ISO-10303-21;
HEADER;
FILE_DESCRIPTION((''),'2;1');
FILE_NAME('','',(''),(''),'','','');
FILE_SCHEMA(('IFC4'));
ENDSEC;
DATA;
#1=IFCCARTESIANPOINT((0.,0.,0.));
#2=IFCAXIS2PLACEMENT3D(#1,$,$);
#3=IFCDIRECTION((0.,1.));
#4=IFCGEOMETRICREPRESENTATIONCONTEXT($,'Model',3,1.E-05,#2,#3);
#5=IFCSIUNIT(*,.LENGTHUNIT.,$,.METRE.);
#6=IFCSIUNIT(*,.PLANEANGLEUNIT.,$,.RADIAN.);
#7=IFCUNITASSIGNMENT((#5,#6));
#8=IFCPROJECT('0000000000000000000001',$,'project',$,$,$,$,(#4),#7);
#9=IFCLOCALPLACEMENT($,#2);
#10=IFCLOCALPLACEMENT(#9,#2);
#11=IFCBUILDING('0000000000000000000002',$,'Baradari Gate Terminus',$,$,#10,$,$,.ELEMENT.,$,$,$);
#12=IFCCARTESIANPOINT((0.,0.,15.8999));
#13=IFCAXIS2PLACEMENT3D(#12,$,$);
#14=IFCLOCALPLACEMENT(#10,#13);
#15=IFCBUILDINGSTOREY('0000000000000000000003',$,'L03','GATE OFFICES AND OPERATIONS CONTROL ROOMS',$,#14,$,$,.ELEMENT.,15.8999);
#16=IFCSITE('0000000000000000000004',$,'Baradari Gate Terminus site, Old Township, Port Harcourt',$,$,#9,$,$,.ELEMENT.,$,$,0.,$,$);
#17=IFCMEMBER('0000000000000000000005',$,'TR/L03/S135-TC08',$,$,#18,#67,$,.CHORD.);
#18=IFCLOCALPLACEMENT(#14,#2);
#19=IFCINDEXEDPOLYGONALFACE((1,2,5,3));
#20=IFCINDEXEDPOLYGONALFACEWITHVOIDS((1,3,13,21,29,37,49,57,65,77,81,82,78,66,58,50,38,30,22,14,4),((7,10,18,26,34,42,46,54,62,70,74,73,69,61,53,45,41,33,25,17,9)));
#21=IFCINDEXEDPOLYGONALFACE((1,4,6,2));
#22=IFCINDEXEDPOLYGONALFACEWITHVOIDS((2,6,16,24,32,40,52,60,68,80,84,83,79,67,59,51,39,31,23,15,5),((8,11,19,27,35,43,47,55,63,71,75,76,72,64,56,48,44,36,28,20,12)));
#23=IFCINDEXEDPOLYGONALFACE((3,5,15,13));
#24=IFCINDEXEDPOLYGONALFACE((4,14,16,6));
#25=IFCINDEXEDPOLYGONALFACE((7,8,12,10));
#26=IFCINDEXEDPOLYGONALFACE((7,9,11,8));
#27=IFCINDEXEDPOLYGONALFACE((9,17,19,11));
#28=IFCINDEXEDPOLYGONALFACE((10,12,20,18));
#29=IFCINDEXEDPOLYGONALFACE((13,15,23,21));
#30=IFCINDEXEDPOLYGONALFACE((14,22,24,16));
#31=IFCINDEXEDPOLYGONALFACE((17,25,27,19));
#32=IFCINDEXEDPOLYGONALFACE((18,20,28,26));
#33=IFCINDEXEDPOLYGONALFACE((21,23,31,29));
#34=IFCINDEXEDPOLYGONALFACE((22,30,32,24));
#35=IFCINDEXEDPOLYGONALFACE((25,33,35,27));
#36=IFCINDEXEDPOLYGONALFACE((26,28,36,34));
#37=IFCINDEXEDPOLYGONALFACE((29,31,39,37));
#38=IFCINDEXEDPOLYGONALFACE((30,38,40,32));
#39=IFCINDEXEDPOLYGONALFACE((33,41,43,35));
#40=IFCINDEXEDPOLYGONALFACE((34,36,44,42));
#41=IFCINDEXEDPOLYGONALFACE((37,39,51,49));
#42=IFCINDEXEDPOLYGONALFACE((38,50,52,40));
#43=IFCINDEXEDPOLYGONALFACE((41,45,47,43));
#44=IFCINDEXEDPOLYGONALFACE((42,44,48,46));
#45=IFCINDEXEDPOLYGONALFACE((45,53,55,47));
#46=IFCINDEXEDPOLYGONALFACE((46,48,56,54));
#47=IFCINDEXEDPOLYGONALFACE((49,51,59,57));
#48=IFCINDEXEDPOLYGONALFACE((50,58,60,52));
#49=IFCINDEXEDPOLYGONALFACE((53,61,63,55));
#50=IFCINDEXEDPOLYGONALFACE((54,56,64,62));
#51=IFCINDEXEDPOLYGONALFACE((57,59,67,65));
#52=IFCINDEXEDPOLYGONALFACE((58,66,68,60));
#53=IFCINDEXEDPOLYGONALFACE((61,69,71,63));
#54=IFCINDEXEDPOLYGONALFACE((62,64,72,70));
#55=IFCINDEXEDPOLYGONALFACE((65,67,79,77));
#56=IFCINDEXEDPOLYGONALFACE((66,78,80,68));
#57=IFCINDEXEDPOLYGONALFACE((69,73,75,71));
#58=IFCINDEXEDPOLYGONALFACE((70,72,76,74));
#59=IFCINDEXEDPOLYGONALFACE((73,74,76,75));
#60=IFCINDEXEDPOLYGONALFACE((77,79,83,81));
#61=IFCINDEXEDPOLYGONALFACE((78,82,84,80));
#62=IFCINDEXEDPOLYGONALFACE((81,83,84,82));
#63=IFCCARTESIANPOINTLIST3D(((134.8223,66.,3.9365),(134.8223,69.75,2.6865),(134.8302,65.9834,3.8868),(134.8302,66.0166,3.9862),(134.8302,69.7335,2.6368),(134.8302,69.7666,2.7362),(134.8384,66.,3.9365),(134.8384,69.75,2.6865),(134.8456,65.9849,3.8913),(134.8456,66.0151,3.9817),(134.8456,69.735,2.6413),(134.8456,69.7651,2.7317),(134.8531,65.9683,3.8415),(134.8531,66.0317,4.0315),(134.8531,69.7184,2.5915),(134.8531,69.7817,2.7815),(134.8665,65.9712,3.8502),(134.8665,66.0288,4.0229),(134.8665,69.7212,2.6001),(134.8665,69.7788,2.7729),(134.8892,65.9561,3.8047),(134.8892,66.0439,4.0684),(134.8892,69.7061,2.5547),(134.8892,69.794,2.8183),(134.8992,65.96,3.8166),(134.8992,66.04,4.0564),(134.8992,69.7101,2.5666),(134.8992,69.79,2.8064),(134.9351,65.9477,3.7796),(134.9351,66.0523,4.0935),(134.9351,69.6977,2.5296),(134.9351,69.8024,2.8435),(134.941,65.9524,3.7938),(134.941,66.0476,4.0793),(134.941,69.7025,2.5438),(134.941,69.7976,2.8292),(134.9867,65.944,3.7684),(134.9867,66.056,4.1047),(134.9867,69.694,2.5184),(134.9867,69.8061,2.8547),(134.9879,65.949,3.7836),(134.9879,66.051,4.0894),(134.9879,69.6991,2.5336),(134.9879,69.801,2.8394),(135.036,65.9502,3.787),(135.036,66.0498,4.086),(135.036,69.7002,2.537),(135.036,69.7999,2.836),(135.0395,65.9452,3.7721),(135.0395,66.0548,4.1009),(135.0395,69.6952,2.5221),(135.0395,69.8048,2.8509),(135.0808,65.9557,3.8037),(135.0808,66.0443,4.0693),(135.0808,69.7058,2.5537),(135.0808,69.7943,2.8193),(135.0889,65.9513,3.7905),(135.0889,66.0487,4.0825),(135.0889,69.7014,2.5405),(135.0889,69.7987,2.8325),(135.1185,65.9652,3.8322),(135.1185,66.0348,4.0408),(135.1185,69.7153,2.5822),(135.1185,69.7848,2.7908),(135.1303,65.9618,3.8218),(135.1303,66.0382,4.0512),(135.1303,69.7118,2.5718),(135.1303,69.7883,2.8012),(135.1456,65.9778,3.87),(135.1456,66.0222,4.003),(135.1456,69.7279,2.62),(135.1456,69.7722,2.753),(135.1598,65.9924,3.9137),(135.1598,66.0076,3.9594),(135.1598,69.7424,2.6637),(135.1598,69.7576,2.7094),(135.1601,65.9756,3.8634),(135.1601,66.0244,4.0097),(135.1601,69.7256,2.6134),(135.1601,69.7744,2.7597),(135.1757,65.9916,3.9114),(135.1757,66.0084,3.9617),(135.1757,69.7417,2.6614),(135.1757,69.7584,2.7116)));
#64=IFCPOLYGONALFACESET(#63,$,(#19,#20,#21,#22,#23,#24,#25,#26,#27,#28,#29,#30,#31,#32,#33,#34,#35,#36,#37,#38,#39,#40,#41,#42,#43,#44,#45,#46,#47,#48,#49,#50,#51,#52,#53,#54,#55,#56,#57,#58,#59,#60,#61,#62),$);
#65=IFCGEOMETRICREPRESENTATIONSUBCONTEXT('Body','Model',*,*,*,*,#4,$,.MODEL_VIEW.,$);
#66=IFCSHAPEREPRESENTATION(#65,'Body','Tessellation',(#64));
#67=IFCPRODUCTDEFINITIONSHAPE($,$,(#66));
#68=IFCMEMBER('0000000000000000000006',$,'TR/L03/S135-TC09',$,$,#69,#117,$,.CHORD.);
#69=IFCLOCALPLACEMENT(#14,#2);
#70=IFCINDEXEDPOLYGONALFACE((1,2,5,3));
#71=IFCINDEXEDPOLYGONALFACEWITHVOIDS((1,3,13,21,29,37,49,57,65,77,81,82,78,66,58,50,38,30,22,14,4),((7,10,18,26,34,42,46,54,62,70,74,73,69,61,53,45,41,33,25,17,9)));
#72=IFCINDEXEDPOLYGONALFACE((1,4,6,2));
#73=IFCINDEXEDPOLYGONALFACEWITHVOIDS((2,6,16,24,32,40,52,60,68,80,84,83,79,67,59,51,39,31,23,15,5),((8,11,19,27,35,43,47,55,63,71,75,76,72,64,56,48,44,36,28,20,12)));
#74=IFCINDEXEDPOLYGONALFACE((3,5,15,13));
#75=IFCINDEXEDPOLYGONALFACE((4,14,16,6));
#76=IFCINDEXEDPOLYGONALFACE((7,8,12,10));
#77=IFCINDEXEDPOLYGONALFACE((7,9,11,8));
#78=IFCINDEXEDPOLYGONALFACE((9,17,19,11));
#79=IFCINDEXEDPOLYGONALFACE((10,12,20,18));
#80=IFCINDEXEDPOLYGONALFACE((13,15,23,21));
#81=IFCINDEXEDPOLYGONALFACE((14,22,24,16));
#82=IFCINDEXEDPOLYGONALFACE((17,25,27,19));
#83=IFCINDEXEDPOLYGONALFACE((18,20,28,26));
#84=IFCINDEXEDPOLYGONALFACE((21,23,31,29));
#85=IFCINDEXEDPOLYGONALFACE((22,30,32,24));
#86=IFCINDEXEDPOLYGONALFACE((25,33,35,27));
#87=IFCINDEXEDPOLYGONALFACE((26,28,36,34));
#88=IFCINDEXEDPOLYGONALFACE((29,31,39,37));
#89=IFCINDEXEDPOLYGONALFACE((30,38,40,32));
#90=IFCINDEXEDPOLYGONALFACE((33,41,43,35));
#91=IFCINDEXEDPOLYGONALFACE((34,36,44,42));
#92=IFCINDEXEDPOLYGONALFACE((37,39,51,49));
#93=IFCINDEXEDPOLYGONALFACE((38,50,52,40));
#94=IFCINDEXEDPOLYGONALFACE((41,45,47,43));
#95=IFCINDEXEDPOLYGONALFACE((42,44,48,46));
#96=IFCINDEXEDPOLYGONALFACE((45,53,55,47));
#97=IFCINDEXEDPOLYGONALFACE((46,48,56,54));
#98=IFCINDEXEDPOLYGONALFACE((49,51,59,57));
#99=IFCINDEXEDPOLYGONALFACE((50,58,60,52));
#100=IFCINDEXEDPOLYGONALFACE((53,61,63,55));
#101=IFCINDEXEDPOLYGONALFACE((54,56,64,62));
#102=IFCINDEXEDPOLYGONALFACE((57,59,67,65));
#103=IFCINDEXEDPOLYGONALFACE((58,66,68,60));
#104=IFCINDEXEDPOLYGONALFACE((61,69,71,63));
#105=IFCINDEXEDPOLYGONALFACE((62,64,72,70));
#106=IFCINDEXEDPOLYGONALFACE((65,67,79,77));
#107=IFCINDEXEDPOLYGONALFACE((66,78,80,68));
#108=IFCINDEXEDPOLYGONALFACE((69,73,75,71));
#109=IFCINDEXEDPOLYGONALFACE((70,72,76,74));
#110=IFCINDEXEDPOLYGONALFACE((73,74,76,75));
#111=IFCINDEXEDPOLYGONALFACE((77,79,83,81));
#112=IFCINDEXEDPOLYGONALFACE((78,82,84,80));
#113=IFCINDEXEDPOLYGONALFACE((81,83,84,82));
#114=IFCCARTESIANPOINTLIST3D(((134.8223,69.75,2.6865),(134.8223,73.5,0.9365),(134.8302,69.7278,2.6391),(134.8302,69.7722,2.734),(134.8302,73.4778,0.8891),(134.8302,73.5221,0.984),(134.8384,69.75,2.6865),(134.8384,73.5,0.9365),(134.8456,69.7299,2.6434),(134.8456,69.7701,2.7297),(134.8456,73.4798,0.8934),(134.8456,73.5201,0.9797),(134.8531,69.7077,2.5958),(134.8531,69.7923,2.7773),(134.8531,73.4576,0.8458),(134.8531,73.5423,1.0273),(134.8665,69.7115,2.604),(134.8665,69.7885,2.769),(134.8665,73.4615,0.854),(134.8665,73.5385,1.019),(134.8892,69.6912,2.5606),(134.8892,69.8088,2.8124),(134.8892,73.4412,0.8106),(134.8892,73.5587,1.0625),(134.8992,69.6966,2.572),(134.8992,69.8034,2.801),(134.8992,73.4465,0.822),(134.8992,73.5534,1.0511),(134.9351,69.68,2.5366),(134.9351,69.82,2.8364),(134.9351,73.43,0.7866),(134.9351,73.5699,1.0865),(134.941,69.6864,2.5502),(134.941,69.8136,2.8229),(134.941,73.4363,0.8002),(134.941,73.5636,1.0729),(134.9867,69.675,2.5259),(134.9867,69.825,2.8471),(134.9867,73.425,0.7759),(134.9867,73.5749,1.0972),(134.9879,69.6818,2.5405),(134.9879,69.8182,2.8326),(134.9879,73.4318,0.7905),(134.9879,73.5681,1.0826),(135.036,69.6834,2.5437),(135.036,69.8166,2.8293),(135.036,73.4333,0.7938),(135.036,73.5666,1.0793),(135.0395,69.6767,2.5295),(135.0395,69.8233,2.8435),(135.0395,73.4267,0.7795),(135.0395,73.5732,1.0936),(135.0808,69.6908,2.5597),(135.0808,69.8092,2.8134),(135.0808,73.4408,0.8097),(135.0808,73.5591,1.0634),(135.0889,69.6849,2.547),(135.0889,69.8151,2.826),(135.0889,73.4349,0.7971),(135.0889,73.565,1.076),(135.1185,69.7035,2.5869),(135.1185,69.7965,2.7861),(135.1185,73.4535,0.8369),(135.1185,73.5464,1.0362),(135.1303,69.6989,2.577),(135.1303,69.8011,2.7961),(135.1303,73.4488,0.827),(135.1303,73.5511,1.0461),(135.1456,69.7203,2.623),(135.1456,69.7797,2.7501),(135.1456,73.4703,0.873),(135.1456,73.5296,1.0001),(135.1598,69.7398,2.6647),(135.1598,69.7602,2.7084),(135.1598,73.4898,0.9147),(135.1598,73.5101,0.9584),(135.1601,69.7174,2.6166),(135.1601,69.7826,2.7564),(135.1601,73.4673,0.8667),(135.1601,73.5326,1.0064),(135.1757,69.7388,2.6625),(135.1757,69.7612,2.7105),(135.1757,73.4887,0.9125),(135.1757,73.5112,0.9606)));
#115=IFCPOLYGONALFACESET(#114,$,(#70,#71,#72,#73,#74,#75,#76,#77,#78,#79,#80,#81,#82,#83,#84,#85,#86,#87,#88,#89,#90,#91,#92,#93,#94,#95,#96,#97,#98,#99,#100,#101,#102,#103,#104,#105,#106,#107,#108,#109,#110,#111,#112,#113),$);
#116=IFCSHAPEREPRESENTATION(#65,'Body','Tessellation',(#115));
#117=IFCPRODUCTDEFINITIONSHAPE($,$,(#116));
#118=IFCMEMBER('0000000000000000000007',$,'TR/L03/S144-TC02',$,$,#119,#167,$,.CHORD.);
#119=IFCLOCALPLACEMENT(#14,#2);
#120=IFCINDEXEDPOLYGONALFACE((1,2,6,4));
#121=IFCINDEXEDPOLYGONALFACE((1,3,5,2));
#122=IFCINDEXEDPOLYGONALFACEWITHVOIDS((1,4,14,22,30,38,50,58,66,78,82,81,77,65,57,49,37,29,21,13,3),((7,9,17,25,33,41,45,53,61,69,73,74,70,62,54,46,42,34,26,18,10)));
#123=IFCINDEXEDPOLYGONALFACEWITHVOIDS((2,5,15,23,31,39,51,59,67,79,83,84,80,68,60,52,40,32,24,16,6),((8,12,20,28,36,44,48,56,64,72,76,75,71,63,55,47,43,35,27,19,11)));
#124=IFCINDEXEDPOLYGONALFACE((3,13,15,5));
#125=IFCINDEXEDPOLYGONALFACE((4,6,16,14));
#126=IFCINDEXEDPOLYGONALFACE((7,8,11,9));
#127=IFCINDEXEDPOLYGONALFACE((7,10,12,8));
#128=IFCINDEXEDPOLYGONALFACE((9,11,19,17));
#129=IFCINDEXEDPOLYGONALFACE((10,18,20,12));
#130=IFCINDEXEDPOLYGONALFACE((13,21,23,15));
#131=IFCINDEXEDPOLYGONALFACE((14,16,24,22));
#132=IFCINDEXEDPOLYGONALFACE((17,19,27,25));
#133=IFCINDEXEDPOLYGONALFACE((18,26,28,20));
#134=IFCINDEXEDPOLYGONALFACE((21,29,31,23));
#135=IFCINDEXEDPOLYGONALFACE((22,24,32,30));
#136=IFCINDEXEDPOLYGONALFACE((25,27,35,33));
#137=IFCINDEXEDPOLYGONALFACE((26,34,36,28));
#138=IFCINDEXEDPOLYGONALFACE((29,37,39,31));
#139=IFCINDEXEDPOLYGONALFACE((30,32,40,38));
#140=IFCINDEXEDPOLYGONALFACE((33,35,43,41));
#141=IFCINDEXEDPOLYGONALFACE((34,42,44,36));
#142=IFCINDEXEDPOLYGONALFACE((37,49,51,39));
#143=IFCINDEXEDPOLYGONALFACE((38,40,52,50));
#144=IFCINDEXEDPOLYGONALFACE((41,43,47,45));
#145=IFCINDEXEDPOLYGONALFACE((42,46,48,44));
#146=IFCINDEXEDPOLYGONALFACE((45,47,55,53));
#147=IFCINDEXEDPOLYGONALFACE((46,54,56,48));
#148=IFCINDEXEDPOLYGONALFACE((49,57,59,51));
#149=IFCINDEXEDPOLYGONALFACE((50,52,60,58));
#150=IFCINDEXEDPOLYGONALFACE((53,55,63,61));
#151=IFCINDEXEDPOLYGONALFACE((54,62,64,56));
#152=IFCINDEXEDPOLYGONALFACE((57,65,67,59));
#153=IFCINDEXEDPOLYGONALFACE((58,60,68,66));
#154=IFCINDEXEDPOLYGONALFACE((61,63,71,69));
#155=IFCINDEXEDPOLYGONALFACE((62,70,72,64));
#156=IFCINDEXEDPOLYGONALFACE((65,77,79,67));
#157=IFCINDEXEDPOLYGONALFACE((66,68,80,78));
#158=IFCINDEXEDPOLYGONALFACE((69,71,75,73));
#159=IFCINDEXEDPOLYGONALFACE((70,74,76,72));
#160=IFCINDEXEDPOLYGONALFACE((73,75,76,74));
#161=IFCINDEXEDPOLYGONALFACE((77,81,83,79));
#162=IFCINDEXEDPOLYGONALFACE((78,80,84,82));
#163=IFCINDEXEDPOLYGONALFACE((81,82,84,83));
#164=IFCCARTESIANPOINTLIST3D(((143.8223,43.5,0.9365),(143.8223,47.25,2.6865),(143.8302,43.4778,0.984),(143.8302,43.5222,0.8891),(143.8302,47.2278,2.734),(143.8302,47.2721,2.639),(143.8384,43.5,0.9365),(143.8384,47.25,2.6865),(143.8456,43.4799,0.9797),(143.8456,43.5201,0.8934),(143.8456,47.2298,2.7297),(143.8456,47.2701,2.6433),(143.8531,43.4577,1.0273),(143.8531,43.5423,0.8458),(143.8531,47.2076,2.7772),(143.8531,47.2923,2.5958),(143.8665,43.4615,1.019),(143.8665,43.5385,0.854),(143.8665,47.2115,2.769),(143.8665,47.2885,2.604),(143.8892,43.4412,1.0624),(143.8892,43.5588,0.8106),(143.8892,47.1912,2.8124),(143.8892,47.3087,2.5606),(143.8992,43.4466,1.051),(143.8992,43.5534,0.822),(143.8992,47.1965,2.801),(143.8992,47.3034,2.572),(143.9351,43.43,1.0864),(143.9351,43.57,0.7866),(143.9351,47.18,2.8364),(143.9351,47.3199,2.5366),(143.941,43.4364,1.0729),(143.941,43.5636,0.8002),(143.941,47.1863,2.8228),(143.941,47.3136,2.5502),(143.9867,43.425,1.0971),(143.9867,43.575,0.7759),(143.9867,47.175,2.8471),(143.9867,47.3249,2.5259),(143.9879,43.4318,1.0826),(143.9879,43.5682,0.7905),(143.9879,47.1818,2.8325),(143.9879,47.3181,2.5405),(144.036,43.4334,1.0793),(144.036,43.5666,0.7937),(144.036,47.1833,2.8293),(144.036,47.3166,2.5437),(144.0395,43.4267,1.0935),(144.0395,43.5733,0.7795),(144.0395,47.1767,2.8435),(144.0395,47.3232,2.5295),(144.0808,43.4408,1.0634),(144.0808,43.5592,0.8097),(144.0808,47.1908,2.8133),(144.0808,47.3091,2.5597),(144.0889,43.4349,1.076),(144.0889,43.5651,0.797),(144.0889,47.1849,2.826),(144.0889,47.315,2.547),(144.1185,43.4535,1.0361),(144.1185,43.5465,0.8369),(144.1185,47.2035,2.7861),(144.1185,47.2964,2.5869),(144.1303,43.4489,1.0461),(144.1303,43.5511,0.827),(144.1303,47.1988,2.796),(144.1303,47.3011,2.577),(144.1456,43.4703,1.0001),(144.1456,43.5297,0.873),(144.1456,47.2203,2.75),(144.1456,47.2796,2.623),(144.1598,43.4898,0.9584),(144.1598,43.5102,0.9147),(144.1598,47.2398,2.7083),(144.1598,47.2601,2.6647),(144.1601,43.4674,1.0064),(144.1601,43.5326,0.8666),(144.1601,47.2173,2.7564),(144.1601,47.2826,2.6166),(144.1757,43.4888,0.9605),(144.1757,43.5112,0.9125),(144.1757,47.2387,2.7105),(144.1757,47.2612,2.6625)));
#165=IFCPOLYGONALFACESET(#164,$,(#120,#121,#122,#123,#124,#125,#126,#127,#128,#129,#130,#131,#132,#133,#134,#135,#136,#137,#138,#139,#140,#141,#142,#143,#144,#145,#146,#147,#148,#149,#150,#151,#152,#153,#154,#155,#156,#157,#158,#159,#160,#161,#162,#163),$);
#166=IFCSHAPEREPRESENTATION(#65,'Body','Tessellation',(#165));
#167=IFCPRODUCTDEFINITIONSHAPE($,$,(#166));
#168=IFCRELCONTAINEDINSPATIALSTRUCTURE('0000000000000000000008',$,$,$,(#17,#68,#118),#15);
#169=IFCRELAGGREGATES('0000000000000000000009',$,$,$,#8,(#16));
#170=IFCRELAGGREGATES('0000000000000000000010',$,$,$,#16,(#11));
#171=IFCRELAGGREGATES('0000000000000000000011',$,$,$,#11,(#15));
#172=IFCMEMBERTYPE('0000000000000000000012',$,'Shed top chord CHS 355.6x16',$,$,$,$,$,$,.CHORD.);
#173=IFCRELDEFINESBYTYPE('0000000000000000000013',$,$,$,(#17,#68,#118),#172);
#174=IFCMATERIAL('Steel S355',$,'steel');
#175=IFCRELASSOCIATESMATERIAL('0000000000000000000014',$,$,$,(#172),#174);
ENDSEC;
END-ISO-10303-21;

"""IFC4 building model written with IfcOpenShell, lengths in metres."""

from ifc_helpers import new_model, si_unit, direction, frame, origin, origin_2d, place, context, subcontext, project, spatial, hollow_circle, extrude, material, material_profile, profile_set, type_object, element, save


model = new_model("IFC4")

# Units and contexts
model_context = context("Model", 3, precision=1e-05, world=origin(), true_north=direction((0.0, 1.0)))
body_context = subcontext(model_context, "Body", "Model", "MODEL_VIEW")
ifc_project = project(units=[si_unit("LENGTHUNIT", "METRE"), si_unit("PLANEANGLEUNIT", "RADIAN")], contexts=[model_context])

# Site, building, storey
site_placement = place(None, origin())
site = spatial("IfcSite", under=ifc_project, at=site_placement, Name="Baradari Gate Terminus site, Old Township, Port Harcourt", CompositionType="ELEMENT", RefElevation=0.0)
building_placement = place(site_placement, origin())
building = spatial("IfcBuilding", under=site, at=building_placement, Name="Baradari Gate Terminus", CompositionType="ELEMENT")
storey_placement = place(building_placement, frame((0.0, 0.0, 15.8999)))
storey = spatial("IfcBuildingStorey", under=building, at=storey_placement, Name="L03", Description="GATE OFFICES AND OPERATIONS CONTROL ROOMS", CompositionType="ELEMENT", Elevation=15.8999)

# Members
ifc_material_1 = material(Name="Steel S355", Category="steel")
ifc_material_profile_1 = material_profile(ifc_material_1, hollow_circle(Radius=0.1777, WallThickness=0.0161, at=origin_2d()), Name="CHS 355.6x16")
ifc_profile_set_1 = profile_set([ifc_material_profile_1], Name="Steel S355")
member_type_1 = type_object("IfcMemberType", Name="Shed top chord CHS 355.6x16", PredefinedType="CHORD", material=ifc_profile_set_1)
for number, where, z_axis, x_axis, name in (
    (1, (135.0, 66.0, 3.9365), (0.0, 0.948683, -0.316228), (-1.0, 0.0, 0.0), "TR/L03/S135-TC08"),
):
    element("IfcMember", number, at=place(storey_placement, frame(where, z_axis=z_axis, x_axis=x_axis)), inside=storey, type_object=member_type_1, Name=name, PredefinedType="CHORD", context=body_context, shape_type="SweptSolid", body=[
        extrude(hollow_circle(Radius=0.1777, WallThickness=0.0161, at=origin_2d()), origin(), (0.0, 0.0, 1.0), 3.9529),
    ])
for number, where, z_axis, x_axis, name in (
    (2, (135.0, 69.75, 2.6865), (0.0, 0.906183, -0.422885), (-1.0, 0.0, 0.0), "TR/L03/S135-TC09"),
    (3, (144.0, 43.5, 0.9365), (0.0, 0.906183, 0.422885), (-1.0, 0.0, 0.0), "TR/L03/S144-TC02"),
):
    element("IfcMember", number, at=place(storey_placement, frame(where, z_axis=z_axis, x_axis=x_axis)), inside=storey, type_object=member_type_1, Name=name, PredefinedType="CHORD", context=body_context, shape_type="SweptSolid", body=[
        extrude(hollow_circle(Radius=0.1777, WallThickness=0.0161, at=origin_2d()), origin(), (0.0, 0.0, 1.0), 4.1382),
    ])

save(model, "model.ifc")
